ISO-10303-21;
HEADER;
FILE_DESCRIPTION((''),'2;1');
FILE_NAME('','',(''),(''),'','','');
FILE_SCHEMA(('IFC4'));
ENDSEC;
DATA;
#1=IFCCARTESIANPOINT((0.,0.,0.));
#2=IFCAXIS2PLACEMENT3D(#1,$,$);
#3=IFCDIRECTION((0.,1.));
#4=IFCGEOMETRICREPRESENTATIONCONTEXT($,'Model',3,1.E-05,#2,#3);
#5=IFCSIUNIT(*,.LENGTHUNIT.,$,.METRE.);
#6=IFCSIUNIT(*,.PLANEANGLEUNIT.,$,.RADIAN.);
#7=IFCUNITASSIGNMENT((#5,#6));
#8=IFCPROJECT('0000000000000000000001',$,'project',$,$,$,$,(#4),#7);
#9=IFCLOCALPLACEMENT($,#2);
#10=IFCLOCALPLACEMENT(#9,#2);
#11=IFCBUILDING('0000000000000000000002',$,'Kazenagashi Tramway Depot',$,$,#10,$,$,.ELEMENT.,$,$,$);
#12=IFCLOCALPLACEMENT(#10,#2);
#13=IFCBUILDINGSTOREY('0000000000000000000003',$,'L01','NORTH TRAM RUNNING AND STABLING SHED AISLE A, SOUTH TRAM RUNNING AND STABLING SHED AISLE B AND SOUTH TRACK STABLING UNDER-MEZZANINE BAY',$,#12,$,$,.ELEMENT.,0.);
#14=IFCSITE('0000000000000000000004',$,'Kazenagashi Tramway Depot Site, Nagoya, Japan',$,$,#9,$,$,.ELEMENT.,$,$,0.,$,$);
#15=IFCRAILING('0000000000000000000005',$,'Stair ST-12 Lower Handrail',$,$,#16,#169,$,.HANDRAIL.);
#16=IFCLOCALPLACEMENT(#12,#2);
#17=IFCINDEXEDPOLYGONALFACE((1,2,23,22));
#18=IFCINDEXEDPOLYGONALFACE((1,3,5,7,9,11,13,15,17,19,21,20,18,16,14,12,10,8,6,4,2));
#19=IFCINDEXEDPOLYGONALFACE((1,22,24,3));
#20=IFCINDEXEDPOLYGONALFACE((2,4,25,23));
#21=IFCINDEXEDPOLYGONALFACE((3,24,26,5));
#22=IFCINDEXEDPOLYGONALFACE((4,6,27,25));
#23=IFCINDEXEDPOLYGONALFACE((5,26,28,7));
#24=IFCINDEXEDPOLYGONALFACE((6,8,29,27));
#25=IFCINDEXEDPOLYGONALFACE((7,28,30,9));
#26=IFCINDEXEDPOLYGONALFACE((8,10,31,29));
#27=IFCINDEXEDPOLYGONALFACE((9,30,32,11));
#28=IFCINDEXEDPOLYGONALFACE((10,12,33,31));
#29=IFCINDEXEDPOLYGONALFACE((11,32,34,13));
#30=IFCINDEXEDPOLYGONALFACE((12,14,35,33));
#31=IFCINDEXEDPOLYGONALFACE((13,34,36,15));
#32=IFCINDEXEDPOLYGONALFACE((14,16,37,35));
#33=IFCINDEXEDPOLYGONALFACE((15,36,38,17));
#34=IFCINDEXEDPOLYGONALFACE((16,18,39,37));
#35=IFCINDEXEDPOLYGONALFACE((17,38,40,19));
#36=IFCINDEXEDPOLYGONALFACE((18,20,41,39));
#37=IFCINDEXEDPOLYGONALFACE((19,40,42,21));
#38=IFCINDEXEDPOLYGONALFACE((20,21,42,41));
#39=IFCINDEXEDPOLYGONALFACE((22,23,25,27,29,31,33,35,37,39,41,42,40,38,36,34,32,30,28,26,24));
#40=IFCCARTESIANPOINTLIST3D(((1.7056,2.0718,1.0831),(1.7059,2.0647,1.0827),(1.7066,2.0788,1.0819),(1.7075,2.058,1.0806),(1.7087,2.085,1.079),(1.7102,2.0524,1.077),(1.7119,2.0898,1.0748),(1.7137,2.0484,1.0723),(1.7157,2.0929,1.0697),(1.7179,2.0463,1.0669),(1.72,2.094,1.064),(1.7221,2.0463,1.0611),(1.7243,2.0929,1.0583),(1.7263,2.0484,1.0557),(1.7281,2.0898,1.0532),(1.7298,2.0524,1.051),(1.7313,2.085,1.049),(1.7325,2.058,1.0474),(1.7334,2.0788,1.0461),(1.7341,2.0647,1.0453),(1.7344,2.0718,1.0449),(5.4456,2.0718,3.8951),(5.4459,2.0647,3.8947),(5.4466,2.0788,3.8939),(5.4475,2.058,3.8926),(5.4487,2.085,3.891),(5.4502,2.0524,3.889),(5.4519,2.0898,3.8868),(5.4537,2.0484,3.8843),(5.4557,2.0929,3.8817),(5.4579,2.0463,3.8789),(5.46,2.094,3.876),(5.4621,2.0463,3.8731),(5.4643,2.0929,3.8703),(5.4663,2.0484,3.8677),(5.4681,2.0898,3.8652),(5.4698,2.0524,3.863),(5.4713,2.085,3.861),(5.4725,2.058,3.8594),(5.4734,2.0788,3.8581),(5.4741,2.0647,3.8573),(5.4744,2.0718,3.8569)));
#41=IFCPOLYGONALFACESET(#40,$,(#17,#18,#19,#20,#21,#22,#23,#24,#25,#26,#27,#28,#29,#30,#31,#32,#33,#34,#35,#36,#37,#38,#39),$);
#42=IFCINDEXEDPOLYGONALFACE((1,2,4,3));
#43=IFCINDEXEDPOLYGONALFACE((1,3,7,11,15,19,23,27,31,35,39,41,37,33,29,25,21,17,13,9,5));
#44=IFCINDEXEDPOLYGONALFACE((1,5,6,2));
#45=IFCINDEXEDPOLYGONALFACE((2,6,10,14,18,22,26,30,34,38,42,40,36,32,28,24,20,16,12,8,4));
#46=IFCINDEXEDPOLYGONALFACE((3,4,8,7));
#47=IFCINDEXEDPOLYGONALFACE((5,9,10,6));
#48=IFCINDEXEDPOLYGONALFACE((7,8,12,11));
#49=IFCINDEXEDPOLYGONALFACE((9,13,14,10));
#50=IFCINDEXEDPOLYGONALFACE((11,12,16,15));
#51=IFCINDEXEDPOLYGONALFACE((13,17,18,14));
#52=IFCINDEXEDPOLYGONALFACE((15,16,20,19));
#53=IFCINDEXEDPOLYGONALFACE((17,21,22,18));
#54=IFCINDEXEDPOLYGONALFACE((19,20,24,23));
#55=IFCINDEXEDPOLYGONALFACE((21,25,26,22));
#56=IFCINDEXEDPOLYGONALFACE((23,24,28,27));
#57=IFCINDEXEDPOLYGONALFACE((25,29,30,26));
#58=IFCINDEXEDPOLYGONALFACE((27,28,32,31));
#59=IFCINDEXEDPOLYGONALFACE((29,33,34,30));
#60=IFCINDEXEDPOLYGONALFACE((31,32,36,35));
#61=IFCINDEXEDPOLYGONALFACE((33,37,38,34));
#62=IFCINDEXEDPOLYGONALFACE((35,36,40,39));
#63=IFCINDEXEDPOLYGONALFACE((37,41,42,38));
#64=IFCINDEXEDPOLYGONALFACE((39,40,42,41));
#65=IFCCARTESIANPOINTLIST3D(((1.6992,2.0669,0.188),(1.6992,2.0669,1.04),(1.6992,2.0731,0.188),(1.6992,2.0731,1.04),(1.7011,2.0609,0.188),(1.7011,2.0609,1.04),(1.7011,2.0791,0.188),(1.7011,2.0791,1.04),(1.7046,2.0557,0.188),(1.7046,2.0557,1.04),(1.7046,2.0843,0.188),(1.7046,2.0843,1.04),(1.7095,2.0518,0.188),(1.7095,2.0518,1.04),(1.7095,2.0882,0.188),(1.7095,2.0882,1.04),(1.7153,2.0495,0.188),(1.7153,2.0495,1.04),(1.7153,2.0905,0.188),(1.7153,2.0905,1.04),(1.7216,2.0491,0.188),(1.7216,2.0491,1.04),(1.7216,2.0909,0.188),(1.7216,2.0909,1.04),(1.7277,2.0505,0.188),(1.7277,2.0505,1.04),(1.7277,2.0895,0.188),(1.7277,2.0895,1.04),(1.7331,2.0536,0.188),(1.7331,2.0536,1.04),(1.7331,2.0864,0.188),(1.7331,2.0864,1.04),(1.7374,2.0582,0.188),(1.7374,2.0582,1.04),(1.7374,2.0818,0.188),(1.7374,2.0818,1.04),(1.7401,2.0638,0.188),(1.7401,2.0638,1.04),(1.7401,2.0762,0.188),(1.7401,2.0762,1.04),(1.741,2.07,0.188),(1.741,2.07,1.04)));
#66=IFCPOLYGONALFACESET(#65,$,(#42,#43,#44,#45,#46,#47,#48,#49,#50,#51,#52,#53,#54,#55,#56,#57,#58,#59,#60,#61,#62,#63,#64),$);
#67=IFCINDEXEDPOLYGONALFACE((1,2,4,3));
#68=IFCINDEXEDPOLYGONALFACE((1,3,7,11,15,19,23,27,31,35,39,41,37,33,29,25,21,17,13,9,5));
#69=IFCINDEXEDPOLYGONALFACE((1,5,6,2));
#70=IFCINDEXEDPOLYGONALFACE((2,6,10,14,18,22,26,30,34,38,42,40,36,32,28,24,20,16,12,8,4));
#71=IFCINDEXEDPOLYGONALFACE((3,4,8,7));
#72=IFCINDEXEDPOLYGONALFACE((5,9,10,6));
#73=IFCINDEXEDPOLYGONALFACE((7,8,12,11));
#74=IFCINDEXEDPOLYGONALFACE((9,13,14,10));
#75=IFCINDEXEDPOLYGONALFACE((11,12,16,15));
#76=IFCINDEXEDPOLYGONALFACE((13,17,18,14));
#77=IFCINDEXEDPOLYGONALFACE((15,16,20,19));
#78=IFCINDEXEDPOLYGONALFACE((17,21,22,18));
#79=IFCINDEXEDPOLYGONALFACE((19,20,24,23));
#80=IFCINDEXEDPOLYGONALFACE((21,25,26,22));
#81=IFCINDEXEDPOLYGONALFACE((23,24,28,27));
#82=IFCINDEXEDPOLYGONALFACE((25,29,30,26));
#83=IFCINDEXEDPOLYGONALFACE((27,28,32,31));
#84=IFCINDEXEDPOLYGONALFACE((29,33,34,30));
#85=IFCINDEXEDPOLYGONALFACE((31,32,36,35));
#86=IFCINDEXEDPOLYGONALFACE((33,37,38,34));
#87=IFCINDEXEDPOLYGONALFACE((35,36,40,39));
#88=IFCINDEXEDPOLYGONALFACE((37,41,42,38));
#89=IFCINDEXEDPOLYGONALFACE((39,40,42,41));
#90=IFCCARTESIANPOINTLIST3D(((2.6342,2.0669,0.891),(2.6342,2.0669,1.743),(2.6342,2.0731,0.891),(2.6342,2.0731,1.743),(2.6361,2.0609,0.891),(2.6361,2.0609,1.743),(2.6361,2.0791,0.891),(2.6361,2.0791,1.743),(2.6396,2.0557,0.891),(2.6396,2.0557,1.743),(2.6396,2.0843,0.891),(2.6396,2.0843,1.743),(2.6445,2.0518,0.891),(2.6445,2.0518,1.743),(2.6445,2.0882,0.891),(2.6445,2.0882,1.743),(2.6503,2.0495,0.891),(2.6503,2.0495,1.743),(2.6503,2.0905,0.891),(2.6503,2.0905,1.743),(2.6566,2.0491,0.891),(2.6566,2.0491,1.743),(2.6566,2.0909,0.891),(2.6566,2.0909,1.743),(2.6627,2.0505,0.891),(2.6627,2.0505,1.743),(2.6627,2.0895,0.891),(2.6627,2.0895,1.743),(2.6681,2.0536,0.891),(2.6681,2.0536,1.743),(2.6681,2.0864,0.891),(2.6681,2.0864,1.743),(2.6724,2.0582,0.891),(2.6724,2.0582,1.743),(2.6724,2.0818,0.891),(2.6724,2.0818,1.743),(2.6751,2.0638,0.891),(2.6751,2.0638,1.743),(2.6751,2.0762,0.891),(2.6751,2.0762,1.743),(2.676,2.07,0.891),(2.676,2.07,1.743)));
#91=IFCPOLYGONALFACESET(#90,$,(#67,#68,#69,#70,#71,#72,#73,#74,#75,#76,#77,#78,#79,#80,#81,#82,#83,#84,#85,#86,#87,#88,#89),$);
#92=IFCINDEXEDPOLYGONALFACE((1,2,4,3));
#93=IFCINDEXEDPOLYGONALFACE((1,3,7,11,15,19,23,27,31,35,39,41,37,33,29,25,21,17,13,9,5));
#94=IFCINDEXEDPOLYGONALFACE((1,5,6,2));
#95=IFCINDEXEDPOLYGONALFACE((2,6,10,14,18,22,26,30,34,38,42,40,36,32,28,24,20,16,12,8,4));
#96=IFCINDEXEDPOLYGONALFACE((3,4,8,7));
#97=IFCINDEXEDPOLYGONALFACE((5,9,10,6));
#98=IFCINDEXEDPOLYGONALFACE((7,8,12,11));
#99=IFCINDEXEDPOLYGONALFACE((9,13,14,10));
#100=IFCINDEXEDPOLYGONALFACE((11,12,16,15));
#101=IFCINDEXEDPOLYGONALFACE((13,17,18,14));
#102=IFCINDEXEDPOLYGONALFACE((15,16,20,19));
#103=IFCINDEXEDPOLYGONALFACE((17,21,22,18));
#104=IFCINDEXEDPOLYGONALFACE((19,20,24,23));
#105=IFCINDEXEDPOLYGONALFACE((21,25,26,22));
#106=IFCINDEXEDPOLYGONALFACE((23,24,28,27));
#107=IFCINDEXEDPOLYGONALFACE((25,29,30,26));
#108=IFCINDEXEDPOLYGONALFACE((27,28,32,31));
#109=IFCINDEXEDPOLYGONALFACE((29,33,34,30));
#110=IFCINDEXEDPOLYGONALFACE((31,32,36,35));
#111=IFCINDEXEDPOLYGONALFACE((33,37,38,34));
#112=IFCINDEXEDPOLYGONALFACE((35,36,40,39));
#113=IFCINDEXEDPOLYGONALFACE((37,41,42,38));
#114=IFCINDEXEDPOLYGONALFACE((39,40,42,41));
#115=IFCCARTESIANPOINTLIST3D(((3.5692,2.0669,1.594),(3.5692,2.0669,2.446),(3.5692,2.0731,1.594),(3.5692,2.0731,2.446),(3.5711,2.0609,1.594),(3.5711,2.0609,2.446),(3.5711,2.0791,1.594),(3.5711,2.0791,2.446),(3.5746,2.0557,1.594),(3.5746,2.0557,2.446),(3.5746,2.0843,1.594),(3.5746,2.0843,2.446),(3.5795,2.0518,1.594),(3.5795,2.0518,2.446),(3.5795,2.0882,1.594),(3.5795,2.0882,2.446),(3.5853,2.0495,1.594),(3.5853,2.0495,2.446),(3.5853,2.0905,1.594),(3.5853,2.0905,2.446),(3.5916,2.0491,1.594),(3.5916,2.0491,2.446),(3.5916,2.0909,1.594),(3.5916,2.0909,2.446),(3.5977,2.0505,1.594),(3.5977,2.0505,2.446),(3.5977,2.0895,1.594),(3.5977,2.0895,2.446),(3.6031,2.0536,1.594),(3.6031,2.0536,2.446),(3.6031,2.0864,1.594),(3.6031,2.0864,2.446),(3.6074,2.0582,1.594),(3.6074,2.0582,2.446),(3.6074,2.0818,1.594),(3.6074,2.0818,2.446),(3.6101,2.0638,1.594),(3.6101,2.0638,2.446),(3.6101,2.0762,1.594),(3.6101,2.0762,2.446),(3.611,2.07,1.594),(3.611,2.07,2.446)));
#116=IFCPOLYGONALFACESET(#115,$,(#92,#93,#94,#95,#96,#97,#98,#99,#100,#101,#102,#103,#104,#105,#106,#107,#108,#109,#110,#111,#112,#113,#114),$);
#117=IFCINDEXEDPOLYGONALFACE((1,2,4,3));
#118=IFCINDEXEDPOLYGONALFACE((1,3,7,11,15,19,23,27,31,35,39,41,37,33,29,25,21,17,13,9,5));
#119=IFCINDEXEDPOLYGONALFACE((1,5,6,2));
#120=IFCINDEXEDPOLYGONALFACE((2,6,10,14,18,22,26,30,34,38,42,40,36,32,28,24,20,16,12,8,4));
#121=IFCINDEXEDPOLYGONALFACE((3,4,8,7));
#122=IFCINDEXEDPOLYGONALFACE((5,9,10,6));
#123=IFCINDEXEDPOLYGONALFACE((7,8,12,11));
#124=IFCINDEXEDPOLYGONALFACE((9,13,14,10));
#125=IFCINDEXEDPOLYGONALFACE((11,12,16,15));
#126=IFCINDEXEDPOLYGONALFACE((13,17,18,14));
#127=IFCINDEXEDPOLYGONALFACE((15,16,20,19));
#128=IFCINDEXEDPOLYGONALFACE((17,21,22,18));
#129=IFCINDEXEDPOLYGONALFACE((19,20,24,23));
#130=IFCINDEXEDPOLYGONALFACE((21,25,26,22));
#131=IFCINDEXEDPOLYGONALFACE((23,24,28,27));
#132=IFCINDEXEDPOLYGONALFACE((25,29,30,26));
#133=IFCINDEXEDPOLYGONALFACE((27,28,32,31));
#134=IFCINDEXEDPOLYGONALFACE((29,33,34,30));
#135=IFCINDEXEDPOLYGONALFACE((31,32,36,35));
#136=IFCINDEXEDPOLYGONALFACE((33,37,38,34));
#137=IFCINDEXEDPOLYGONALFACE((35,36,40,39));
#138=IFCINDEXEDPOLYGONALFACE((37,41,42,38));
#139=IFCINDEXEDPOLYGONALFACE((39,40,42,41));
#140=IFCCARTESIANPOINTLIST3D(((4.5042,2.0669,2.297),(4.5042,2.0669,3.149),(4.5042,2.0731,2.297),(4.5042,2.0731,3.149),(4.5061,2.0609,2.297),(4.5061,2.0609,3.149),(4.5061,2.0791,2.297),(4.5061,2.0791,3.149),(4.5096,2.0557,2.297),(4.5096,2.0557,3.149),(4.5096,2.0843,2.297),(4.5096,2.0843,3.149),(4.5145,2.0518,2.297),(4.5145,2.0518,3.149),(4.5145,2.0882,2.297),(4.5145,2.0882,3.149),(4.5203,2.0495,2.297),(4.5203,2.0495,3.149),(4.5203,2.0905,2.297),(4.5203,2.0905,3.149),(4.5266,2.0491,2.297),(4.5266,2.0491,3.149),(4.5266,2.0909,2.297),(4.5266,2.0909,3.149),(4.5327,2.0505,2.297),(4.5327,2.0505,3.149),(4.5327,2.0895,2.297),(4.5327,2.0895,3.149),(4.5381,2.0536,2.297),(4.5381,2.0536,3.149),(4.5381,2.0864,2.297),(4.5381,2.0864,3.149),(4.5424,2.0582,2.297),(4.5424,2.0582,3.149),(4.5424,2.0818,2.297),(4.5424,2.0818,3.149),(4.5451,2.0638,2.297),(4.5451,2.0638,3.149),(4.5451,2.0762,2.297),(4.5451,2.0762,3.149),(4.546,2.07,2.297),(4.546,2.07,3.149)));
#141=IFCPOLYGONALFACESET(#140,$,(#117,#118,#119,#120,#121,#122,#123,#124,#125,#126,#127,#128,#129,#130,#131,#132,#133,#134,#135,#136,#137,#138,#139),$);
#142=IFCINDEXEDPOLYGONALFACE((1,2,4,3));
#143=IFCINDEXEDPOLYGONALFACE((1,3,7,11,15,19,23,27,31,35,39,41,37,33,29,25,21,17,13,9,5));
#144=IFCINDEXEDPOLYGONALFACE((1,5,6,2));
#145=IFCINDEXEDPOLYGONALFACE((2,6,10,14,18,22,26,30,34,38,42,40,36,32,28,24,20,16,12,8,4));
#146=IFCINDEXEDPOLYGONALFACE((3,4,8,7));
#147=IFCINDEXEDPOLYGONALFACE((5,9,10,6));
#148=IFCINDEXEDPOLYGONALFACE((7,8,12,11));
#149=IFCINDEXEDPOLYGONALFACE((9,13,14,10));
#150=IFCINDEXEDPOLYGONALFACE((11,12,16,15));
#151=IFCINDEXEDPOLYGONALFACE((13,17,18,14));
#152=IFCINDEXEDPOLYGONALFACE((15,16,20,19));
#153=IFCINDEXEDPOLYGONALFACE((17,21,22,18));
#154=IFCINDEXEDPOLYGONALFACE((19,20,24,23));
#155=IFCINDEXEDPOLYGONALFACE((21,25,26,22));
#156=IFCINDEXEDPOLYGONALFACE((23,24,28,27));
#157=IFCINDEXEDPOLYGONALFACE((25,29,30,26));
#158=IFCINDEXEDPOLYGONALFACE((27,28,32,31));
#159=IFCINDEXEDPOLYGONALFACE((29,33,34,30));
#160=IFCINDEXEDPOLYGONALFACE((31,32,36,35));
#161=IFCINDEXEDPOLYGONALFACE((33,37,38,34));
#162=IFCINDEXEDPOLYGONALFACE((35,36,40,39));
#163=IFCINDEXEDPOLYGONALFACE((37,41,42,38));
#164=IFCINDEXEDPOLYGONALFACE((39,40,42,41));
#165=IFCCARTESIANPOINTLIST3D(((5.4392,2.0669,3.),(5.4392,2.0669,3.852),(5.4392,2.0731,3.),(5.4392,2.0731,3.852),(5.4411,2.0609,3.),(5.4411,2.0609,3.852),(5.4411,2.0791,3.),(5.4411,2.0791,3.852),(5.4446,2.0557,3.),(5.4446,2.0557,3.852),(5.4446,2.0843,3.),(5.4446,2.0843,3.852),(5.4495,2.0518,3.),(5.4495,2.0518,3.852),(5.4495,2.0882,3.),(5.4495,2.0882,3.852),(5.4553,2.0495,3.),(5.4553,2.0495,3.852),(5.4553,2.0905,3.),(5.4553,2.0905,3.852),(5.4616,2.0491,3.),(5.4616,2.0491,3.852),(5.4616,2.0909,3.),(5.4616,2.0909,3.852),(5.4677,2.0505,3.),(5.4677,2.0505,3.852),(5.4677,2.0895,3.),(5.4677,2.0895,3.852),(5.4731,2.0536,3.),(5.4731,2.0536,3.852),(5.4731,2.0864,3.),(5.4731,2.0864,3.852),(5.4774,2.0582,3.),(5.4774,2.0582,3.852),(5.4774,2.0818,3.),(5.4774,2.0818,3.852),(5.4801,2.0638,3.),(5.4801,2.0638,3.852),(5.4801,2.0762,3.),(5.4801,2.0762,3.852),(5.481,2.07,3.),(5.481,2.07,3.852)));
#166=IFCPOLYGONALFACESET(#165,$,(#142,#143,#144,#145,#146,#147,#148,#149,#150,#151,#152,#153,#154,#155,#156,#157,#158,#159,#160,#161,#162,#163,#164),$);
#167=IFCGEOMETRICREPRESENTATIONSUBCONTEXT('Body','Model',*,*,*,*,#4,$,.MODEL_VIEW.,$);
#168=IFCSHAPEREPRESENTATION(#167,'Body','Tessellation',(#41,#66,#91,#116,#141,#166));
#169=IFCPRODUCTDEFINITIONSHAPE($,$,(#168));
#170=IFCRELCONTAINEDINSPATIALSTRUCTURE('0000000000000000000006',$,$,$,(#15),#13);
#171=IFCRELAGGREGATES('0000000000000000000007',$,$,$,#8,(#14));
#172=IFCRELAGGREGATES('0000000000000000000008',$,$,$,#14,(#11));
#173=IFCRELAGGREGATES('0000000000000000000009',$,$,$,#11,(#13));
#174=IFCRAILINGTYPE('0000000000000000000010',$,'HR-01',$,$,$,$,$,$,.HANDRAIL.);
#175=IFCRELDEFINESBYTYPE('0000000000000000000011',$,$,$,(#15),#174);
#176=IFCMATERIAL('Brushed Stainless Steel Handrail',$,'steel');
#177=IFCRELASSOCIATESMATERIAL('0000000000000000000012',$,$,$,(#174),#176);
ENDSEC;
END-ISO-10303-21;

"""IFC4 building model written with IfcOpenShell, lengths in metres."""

from ifc_helpers import new_model, si_unit, direction, frame, origin, origin_2d, place, context, subcontext, project, spatial, circle, extrude, material, type_object, element, save


model = new_model("IFC4")

# Units and contexts
model_context = context("Model", 3, precision=1e-05, world=origin(), true_north=direction((0.0, 1.0)))
body_context = subcontext(model_context, "Body", "Model", "MODEL_VIEW")
ifc_project = project(units=[si_unit("LENGTHUNIT", "METRE"), si_unit("PLANEANGLEUNIT", "RADIAN")], contexts=[model_context])

# Site, building, storey
site_placement = place(None, origin())
site = spatial("IfcSite", under=ifc_project, at=site_placement, Name="Kazenagashi Tramway Depot Site, Nagoya, Japan", CompositionType="ELEMENT", RefElevation=0.0)
building_placement = place(site_placement, origin())
building = spatial("IfcBuilding", under=site, at=building_placement, Name="Kazenagashi Tramway Depot", CompositionType="ELEMENT")
storey_placement = place(building_placement, origin())
storey = spatial("IfcBuildingStorey", under=building, at=storey_placement, Name="L01", Description="NORTH TRAM RUNNING AND STABLING SHED AISLE A, SOUTH TRAM RUNNING AND STABLING SHED AISLE B AND SOUTH TRACK STABLING UNDER-MEZZANINE BAY", CompositionType="ELEMENT", Elevation=0.0)

# Railing
ifc_material_1 = material(Name="Brushed Stainless Steel Handrail", Category="steel")
railing_type = type_object("IfcRailingType", Name="HR-01", PredefinedType="HANDRAIL", material=ifc_material_1)
railing_1_placement = place(storey_placement, frame((1.72, 2.07, 0.188)))
element("IfcRailing", 1, at=railing_1_placement, inside=storey, type_object=railing_type, Name="Stair ST-12 Lower Handrail", PredefinedType="HANDRAIL", context=body_context, shape_type="SweptSolid", body=[
    extrude(circle(Radius=0.024, at=origin_2d()), frame((0.0, 0.0, 0.876), z_axis=(0.799281, 0.0, 0.600957), x_axis=(0.0, 1.0, 0.0)), (0.0, 0.0, 1.0), 4.6792),
    extrude(circle(Radius=0.021, at=origin_2d()), origin(), (0.0, 0.0, 1.0), 0.852),
    extrude(circle(Radius=0.021, at=origin_2d()), frame((0.935, 0.0, 0.703)), (0.0, 0.0, 1.0), 0.852),
    extrude(circle(Radius=0.021, at=origin_2d()), frame((1.87, 0.0, 1.406)), (0.0, 0.0, 1.0), 0.852),
    extrude(circle(Radius=0.021, at=origin_2d()), frame((2.805, 0.0, 2.109)), (0.0, 0.0, 1.0), 0.852),
    extrude(circle(Radius=0.021, at=origin_2d()), frame((3.74, 0.0, 2.812)), (0.0, 0.0, 1.0), 0.852),
])

save(model, "model.ifc")
